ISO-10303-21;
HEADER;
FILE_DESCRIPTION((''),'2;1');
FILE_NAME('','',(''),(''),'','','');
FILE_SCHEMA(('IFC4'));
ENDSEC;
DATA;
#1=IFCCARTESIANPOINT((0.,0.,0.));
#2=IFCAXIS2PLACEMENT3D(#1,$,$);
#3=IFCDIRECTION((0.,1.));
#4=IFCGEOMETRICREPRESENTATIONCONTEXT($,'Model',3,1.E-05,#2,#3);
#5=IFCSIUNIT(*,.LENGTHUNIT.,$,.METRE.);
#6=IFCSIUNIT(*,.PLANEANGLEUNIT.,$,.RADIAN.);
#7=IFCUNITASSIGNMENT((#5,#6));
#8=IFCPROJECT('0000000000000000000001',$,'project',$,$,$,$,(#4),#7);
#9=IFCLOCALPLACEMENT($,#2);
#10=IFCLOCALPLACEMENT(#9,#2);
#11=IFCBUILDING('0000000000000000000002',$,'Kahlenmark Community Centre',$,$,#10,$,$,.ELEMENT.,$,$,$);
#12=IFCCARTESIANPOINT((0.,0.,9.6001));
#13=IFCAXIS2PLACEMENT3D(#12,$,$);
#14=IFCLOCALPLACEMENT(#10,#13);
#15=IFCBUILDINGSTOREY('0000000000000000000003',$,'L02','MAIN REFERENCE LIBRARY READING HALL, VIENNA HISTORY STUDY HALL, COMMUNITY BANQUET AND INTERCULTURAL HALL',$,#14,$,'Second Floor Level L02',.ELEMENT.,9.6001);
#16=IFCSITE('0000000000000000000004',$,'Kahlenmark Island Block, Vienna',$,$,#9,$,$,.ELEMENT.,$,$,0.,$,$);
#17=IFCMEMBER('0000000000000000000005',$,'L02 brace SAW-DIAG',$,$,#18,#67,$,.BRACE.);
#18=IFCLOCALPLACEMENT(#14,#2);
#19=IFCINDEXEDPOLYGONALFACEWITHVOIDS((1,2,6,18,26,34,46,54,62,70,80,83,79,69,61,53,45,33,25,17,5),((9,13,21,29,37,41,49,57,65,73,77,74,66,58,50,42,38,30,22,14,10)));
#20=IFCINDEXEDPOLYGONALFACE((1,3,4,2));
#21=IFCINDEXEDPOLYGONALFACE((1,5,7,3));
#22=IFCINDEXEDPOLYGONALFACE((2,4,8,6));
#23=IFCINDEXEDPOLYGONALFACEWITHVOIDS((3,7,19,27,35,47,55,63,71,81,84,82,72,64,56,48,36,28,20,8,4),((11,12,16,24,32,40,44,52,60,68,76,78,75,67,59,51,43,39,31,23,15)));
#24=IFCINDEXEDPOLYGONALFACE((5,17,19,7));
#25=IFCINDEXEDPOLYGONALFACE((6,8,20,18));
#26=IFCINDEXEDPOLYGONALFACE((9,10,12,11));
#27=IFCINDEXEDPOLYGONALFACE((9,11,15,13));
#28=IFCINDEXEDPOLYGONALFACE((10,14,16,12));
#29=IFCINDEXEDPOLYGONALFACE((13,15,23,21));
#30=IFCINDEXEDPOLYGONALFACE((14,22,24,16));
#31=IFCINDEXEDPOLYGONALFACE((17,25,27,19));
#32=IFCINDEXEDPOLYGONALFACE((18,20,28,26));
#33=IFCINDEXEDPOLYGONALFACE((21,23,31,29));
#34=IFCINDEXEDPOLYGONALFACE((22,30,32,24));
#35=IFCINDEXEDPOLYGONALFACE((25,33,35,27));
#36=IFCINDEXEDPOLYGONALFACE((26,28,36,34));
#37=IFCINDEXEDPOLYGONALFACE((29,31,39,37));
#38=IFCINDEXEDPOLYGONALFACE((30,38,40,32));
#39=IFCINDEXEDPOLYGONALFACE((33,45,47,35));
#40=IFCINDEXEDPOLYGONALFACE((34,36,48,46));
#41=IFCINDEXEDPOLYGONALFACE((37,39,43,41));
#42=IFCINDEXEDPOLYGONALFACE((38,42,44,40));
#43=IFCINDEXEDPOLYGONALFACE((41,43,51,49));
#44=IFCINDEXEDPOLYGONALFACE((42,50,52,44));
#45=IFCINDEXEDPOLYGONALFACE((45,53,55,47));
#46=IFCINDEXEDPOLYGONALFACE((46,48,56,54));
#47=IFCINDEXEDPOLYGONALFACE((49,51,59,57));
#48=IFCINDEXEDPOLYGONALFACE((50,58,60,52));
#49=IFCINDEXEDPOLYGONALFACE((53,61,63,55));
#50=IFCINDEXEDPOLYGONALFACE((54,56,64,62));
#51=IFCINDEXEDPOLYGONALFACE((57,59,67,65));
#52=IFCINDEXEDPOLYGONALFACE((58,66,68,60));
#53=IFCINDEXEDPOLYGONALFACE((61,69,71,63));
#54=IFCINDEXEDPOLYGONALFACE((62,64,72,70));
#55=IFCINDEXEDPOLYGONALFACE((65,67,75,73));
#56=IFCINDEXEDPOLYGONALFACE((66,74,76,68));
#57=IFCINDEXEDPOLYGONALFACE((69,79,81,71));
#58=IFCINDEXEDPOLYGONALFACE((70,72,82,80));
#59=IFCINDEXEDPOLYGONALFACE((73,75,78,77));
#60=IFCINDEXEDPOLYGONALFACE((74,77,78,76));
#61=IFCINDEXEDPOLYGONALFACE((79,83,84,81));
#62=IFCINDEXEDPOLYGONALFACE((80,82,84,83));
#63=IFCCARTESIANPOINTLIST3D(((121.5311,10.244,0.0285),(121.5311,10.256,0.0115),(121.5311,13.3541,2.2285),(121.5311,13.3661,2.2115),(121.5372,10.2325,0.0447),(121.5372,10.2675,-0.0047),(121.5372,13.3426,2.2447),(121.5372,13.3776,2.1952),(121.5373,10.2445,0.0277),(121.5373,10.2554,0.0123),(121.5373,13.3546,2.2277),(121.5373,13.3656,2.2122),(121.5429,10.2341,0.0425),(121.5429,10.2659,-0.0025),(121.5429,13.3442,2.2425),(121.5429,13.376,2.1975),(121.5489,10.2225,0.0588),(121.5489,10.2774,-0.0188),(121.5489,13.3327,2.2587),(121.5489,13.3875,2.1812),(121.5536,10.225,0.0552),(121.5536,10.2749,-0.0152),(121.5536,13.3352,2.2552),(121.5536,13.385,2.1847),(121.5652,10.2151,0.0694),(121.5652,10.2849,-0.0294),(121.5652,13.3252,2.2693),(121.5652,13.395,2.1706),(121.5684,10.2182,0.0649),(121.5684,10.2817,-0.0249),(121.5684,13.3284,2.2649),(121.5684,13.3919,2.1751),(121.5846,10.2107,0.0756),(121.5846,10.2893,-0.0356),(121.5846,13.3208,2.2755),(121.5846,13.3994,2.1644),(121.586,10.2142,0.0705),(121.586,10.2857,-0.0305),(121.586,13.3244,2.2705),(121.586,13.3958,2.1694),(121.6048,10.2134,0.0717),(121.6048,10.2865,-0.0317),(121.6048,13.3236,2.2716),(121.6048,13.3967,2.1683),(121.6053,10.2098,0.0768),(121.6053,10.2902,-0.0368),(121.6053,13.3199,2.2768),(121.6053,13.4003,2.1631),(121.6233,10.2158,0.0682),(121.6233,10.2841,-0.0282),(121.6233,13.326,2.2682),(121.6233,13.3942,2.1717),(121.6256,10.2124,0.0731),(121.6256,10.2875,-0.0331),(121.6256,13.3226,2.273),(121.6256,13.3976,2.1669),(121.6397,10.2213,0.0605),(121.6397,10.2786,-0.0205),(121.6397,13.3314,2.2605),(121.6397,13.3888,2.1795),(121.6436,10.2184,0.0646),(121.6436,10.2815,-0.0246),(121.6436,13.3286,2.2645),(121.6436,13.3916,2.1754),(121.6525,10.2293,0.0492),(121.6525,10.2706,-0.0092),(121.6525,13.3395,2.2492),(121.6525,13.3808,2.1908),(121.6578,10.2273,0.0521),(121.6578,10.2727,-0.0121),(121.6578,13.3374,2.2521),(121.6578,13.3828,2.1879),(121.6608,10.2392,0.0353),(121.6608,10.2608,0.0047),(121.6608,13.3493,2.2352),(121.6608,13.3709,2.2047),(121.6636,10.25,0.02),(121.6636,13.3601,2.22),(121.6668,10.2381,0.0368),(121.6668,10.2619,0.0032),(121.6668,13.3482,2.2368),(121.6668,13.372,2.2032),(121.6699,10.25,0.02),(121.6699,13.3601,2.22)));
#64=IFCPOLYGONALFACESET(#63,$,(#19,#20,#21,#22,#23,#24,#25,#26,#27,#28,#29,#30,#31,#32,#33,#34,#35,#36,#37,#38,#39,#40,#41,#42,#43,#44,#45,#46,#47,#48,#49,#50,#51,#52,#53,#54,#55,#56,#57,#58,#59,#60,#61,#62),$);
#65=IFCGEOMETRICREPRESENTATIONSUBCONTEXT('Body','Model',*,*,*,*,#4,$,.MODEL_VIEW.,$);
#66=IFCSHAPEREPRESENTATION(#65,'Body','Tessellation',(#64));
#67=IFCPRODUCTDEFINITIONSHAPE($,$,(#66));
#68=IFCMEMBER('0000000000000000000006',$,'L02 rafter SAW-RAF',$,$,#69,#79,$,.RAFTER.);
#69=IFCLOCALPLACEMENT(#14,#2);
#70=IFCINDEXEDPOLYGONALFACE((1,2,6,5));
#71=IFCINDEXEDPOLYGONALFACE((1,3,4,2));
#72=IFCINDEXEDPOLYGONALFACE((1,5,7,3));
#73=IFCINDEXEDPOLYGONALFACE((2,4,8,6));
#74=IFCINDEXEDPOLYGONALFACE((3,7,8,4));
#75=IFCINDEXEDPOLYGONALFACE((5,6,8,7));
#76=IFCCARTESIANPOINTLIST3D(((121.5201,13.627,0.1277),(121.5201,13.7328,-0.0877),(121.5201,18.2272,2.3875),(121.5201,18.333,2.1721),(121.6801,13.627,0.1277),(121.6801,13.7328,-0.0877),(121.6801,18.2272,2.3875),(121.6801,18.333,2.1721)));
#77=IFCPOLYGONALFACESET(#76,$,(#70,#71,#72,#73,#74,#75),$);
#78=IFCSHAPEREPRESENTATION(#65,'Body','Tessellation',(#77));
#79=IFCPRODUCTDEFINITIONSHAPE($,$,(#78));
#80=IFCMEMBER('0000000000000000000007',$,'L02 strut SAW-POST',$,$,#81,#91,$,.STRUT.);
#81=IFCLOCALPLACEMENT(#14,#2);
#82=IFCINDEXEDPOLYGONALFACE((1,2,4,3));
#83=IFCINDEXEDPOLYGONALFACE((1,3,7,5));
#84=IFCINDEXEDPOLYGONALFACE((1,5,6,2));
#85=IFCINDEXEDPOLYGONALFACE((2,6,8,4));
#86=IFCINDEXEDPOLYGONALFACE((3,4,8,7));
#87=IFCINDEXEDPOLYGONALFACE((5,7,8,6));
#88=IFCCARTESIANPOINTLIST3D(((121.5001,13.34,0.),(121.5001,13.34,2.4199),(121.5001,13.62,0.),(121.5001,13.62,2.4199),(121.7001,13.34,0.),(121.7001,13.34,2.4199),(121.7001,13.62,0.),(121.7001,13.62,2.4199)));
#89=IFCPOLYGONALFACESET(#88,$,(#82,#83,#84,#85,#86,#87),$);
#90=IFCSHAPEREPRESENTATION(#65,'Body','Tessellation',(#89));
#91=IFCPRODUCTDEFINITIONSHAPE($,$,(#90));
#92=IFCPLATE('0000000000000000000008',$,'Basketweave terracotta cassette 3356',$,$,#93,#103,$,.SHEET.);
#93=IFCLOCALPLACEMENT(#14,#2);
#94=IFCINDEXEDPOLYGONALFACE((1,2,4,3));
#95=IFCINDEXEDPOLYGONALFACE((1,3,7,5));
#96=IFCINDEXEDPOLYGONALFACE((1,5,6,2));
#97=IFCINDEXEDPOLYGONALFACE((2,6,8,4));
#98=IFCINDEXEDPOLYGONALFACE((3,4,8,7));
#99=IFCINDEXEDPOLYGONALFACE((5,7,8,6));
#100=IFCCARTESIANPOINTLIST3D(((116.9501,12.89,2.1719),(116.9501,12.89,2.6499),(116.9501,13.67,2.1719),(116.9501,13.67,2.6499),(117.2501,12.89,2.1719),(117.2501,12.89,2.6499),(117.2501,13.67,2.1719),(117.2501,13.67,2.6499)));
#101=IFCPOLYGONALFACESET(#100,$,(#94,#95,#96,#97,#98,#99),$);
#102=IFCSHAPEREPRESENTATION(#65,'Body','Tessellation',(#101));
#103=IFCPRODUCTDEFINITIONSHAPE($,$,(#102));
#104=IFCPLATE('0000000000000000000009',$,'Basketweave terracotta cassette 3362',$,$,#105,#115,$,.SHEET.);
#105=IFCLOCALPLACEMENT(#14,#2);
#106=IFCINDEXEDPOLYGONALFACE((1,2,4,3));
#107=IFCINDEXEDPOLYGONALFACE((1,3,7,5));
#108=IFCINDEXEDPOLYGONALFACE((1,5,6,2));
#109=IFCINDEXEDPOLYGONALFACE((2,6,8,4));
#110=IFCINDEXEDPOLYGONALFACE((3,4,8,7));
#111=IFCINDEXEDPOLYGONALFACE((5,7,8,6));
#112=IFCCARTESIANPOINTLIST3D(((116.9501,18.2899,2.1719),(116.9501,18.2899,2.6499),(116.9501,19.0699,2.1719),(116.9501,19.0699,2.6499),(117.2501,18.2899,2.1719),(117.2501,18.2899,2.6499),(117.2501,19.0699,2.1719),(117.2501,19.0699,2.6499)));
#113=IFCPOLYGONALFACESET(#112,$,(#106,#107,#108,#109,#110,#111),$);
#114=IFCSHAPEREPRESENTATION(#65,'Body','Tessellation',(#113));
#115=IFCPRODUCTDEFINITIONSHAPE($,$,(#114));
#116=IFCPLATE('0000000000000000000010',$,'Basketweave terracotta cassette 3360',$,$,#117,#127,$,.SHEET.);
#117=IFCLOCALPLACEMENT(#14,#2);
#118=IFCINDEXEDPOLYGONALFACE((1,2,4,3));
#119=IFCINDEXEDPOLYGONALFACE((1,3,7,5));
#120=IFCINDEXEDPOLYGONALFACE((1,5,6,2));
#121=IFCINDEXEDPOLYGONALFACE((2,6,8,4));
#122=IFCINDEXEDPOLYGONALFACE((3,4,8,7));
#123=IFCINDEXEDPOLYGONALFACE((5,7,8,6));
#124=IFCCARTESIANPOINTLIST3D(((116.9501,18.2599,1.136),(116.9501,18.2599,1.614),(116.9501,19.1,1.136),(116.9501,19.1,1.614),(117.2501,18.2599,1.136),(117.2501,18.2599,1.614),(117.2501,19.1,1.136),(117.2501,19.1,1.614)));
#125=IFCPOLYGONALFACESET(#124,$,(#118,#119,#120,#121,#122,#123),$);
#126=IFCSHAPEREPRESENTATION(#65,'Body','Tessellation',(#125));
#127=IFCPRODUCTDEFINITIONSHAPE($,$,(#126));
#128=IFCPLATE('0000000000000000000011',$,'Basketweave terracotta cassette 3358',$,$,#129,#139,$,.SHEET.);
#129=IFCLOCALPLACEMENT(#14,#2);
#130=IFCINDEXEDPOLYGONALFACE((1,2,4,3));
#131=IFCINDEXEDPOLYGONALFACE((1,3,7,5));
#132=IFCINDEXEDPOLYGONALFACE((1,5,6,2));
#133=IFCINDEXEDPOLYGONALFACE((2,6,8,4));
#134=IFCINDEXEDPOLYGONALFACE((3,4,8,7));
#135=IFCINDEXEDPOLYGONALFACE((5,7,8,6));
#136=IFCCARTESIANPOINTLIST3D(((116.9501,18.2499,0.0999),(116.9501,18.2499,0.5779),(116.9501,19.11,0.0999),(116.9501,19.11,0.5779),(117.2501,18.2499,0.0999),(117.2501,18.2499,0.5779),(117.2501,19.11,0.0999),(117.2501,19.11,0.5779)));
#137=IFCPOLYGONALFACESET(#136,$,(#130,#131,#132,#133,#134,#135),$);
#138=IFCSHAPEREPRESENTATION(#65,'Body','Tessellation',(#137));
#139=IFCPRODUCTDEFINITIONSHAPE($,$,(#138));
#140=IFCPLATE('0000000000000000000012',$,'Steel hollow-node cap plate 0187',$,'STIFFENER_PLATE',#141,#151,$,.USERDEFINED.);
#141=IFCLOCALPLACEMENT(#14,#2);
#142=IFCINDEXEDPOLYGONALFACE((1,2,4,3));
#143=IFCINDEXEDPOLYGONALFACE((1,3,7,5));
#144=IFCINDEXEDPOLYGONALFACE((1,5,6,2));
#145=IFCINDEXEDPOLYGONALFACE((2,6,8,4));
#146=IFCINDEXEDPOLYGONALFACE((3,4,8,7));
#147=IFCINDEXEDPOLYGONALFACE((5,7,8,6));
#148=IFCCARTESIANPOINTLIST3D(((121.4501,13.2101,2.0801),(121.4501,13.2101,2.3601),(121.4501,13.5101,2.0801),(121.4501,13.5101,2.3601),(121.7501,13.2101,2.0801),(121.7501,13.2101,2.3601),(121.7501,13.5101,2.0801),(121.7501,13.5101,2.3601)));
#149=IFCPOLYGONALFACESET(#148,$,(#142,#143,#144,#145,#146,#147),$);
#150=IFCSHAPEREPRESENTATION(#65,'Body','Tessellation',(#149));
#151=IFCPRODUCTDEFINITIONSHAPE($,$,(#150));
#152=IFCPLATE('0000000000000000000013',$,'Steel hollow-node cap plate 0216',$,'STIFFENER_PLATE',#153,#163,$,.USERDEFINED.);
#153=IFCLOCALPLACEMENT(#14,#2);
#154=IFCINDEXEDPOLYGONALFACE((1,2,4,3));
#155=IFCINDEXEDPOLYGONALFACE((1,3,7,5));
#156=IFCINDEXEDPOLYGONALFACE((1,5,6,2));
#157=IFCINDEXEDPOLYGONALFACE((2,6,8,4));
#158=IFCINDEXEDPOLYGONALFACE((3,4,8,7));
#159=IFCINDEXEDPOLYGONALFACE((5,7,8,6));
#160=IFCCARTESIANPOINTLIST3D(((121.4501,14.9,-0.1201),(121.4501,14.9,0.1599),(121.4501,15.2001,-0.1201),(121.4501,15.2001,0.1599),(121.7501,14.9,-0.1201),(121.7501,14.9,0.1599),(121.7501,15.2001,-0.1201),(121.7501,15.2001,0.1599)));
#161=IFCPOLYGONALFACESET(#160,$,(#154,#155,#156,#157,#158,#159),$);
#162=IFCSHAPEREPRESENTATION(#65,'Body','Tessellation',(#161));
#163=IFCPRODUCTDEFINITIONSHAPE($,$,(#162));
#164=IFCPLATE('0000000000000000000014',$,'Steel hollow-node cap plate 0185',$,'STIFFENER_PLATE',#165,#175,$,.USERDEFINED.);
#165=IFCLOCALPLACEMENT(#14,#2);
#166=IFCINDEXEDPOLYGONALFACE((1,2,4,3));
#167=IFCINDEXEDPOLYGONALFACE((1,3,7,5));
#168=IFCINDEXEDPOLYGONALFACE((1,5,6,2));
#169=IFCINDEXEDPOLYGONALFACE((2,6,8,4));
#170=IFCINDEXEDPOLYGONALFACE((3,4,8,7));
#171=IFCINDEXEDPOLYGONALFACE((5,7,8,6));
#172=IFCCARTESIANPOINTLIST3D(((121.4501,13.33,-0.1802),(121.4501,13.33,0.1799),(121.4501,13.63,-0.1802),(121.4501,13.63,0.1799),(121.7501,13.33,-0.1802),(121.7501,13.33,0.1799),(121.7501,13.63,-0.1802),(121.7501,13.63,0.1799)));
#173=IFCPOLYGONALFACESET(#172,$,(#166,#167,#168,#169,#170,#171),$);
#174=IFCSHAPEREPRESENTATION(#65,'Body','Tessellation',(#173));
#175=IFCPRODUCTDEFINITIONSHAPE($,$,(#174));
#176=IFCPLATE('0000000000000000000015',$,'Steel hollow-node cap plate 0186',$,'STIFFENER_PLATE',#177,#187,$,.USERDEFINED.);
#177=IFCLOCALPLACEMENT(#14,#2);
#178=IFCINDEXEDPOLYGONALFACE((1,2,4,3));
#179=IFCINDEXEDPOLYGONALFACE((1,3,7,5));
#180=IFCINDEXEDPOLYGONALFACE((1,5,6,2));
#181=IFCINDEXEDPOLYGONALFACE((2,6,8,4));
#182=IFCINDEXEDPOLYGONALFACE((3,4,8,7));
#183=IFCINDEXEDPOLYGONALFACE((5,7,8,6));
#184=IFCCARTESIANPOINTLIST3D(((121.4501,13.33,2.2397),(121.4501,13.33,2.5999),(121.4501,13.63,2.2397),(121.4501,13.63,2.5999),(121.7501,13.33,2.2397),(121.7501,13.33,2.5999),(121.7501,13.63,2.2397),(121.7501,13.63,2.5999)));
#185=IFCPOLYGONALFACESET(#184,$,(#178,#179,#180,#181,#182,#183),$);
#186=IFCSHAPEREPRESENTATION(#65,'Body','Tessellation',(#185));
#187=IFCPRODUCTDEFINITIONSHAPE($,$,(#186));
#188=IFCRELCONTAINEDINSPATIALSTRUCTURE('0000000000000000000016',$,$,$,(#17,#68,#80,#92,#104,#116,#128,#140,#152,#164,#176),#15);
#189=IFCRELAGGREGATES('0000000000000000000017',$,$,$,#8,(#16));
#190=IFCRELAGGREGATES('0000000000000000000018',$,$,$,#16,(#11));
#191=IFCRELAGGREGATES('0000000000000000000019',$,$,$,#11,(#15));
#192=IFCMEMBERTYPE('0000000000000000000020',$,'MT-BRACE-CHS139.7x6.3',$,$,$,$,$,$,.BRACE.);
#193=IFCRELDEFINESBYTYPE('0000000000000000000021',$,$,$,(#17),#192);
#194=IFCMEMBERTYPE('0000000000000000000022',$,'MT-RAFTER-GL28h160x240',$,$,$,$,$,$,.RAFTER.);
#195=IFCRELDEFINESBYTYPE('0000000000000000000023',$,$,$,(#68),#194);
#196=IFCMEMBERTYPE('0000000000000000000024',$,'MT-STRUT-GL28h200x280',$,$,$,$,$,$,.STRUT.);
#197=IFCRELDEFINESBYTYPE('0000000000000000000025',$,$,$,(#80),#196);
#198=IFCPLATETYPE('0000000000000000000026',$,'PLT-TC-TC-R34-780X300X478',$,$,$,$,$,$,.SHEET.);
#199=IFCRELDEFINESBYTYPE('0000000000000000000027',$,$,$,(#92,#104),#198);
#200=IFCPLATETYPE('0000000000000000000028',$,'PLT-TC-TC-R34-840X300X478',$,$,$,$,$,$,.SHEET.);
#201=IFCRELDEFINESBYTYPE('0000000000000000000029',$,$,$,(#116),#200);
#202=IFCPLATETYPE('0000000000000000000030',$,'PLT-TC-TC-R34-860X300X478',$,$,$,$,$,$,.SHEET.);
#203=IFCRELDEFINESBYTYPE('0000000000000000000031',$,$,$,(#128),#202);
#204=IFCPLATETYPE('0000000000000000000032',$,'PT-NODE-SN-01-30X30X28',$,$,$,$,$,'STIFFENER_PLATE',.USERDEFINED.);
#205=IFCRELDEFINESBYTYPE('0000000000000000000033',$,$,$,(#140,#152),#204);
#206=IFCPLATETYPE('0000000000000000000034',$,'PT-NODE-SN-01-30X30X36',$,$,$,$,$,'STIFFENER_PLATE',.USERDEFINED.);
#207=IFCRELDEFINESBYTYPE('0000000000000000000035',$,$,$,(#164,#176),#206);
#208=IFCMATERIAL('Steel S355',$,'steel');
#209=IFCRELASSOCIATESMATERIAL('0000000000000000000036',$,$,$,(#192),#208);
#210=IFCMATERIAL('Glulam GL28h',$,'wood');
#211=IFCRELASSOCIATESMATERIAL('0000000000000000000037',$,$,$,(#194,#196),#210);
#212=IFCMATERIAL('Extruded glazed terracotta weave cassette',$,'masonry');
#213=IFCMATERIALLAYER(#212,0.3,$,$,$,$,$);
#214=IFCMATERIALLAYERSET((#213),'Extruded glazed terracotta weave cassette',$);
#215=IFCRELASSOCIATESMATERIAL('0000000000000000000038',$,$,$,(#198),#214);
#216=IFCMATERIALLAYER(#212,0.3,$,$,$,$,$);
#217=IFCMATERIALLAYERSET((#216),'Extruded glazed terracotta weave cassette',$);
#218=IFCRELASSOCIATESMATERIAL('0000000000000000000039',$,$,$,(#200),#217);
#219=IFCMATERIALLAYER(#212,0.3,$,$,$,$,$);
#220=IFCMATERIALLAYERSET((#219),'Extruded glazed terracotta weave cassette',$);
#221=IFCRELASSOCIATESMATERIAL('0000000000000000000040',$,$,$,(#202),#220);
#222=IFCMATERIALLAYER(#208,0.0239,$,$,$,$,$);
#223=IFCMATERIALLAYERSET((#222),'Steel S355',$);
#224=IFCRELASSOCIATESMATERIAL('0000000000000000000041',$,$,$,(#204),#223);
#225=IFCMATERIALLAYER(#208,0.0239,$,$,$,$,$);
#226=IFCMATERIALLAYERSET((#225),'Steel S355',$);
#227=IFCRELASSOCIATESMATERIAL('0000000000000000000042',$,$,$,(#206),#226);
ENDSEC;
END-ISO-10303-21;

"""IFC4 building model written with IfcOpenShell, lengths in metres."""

from ifc_helpers import new_model, si_unit, direction, frame, origin, origin_2d, place, context, subcontext, project, spatial, rectangle, hollow_circle, extrude, material, layer, layer_set, material_profile, profile_set, type_object, element, save


model = new_model("IFC4")

# Units and contexts
model_context = context("Model", 3, precision=1e-05, world=origin(), true_north=direction((0.0, 1.0)))
body_context = subcontext(model_context, "Body", "Model", "MODEL_VIEW")
ifc_project = project(units=[si_unit("LENGTHUNIT", "METRE"), si_unit("PLANEANGLEUNIT", "RADIAN")], contexts=[model_context])

# Site, building, storey
site_placement = place(None, origin())
site = spatial("IfcSite", under=ifc_project, at=site_placement, Name="Kahlenmark Island Block, Vienna", CompositionType="ELEMENT", RefElevation=0.0)
building_placement = place(site_placement, origin())
building = spatial("IfcBuilding", under=site, at=building_placement, Name="Kahlenmark Community Centre", CompositionType="ELEMENT")
storey_placement = place(building_placement, frame((0.0, 0.0, 9.6001)))
storey = spatial("IfcBuildingStorey", under=building, at=storey_placement, Name="L02", Description="MAIN REFERENCE LIBRARY READING HALL, VIENNA HISTORY STUDY HALL, COMMUNITY BANQUET AND INTERCULTURAL HALL", LongName="Second Floor Level L02", CompositionType="ELEMENT", Elevation=9.6001)

# Members
ifc_material_1 = material(Name="Steel S355", Category="steel")
ifc_material_profile_1 = material_profile(ifc_material_1, hollow_circle(Radius=0.0698, WallThickness=0.0063, at=origin_2d()), Name="CHS 139.7x6.3")
ifc_profile_set_1 = profile_set([ifc_material_profile_1], Name="Steel S355")
member_type_1 = type_object("IfcMemberType", Name="MT-BRACE-CHS139.7x6.3", PredefinedType="BRACE", material=ifc_profile_set_1)
member_1_placement = place(storey_placement, frame((121.6001, 13.3601, 2.22), z_axis=(0.0, -0.816401, -0.577486), x_axis=(1.0, 0.0, 0.0)))
element("IfcMember", 1, at=member_1_placement, inside=storey, type_object=member_type_1, Name="L02 brace SAW-DIAG", PredefinedType="BRACE", context=body_context, shape_type="SweptSolid", body=[
    extrude(hollow_circle(Radius=0.0698, WallThickness=0.0063, at=origin_2d()), origin(), (0.0, 0.0, 1.0), 3.8096),
])
ifc_material_2 = material(Name="Glulam GL28h", Category="wood")
ifc_material_profile_2 = material_profile(ifc_material_2, rectangle(XDim=0.1599, YDim=0.24, at=origin_2d()), Name="GL28h 160x240")
ifc_profile_set_2 = profile_set([ifc_material_profile_2], Name="Glulam GL28h")
member_type_2 = type_object("IfcMemberType", Name="MT-RAFTER-GL28h160x240", PredefinedType="RAFTER", material=ifc_profile_set_2)
member_2_placement = place(storey_placement, frame((121.6001, 13.6799, 0.02), z_axis=(0.0, 0.897549, 0.440915), x_axis=(-1.0, 0.0, 0.0)))
element("IfcMember", 2, at=member_2_placement, inside=storey, type_object=member_type_2, Name="L02 rafter SAW-RAF", PredefinedType="RAFTER", context=body_context, shape_type="SweptSolid", body=[
    extrude(rectangle(XDim=0.1599, YDim=0.24, at=origin_2d()), origin(), (0.0, 0.0, 1.0), 5.1252),
])
ifc_material_profile_3 = material_profile(ifc_material_2, rectangle(XDim=0.2, YDim=0.28, at=origin_2d()), Name="GL28h 200x280")
ifc_profile_set_3 = profile_set([ifc_material_profile_3], Name="Glulam GL28h")
member_type_3 = type_object("IfcMemberType", Name="MT-STRUT-GL28h200x280", PredefinedType="STRUT", material=ifc_profile_set_3)
member_3_placement = place(storey_placement, frame((121.6001, 13.48, 0.0), z_axis=(0.0, 0.0, 1.0), x_axis=(1.0, 0.0, 0.0)))
element("IfcMember", 3, at=member_3_placement, inside=storey, type_object=member_type_3, Name="L02 strut SAW-POST", PredefinedType="STRUT", context=body_context, shape_type="SweptSolid", body=[
    extrude(rectangle(XDim=0.2, YDim=0.28, at=origin_2d()), origin(), (0.0, 0.0, 1.0), 2.4199),
])

# Plates
ifc_material_3 = material(Name="Extruded glazed terracotta weave cassette", Category="masonry")
ifc_layer_1 = layer(ifc_material_3, 0.3)
ifc_layer_set_1 = layer_set([ifc_layer_1], Name="Extruded glazed terracotta weave cassette")
plate_type_1 = type_object("IfcPlateType", Name="PLT-TC-TC-R34-780X300X478", PredefinedType="SHEET", material=ifc_layer_set_1)
for number, where, z_axis, x_axis, name in (
    (4, (117.1001, 13.28, 2.1719), (0.0, 0.0, 1.0), (0.0, 1.0, 0.0), "Basketweave terracotta cassette 3356"),
    (5, (117.1001, 18.6799, 2.1719), (0.0, 0.0, 1.0), (0.0, 1.0, 0.0), "Basketweave terracotta cassette 3362"),
):
    element("IfcPlate", number, at=place(storey_placement, frame(where, z_axis=z_axis, x_axis=x_axis)), inside=storey, type_object=plate_type_1, Name=name, PredefinedType="SHEET", context=body_context, shape_type="SweptSolid", body=[
        extrude(rectangle(XDim=0.78, YDim=0.3, at=origin_2d()), origin(), (0.0, 0.0, 1.0), 0.478),
    ])
ifc_layer_2 = layer(ifc_material_3, 0.3)
ifc_layer_set_2 = layer_set([ifc_layer_2], Name="Extruded glazed terracotta weave cassette")
plate_type_2 = type_object("IfcPlateType", Name="PLT-TC-TC-R34-840X300X478", PredefinedType="SHEET", material=ifc_layer_set_2)
plate_1_placement = place(storey_placement, frame((117.1001, 18.6799, 1.136), z_axis=(0.0, 0.0, 1.0), x_axis=(0.0, 1.0, 0.0)))
element("IfcPlate", 6, at=plate_1_placement, inside=storey, type_object=plate_type_2, Name="Basketweave terracotta cassette 3360", PredefinedType="SHEET", context=body_context, shape_type="SweptSolid", body=[
    extrude(rectangle(XDim=0.8401, YDim=0.3, at=origin_2d()), origin(), (0.0, 0.0, 1.0), 0.478),
])
ifc_layer_3 = layer(ifc_material_3, 0.3)
ifc_layer_set_3 = layer_set([ifc_layer_3], Name="Extruded glazed terracotta weave cassette")
plate_type_3 = type_object("IfcPlateType", Name="PLT-TC-TC-R34-860X300X478", PredefinedType="SHEET", material=ifc_layer_set_3)
plate_2_placement = place(storey_placement, frame((117.1001, 18.6799, 0.0999), z_axis=(0.0, 0.0, 1.0), x_axis=(0.0, 1.0, 0.0)))
element("IfcPlate", 7, at=plate_2_placement, inside=storey, type_object=plate_type_3, Name="Basketweave terracotta cassette 3358", PredefinedType="SHEET", context=body_context, shape_type="SweptSolid", body=[
    extrude(rectangle(XDim=0.8601, YDim=0.3, at=origin_2d()), origin(), (0.0, 0.0, 1.0), 0.478),
])
ifc_layer_4 = layer(ifc_material_1, 0.0239)
ifc_layer_set_4 = layer_set([ifc_layer_4], Name="Steel S355")
plate_type_4 = type_object("IfcPlateType", Name="PT-NODE-SN-01-30X30X28", ElementType="STIFFENER_PLATE", PredefinedType="USERDEFINED", material=ifc_layer_set_4)
for number, where, z_axis, x_axis, name in (
    (8, (121.6001, 13.3601, 2.0801), (0.0, 0.0, 1.0), (1.0, 0.0, 0.0), "Steel hollow-node cap plate 0187"),
    (9, (121.6001, 15.05, -0.1201), (0.0, 0.0, 1.0), (1.0, 0.0, 0.0), "Steel hollow-node cap plate 0216"),
):
    element("IfcPlate", number, at=place(storey_placement, frame(where, z_axis=z_axis, x_axis=x_axis)), inside=storey, type_object=plate_type_4, Name=name, ObjectType="STIFFENER_PLATE", PredefinedType="USERDEFINED", context=body_context, shape_type="SweptSolid", body=[
        extrude(rectangle(XDim=0.3, YDim=0.3, at=origin_2d()), origin(), (0.0, 0.0, 1.0), 0.28),
    ])
ifc_layer_5 = layer(ifc_material_1, 0.0239)
ifc_layer_set_5 = layer_set([ifc_layer_5], Name="Steel S355")
plate_type_5 = type_object("IfcPlateType", Name="PT-NODE-SN-01-30X30X36", ElementType="STIFFENER_PLATE", PredefinedType="USERDEFINED", material=ifc_layer_set_5)
for number, where, z_axis, x_axis, name in (
    (10, (121.6001, 13.48, -0.1802), (0.0, 0.0, 1.0), (1.0, 0.0, 0.0), "Steel hollow-node cap plate 0185"),
    (11, (121.6001, 13.48, 2.2397), (0.0, 0.0, 1.0), (1.0, 0.0, 0.0), "Steel hollow-node cap plate 0186"),
):
    element("IfcPlate", number, at=place(storey_placement, frame(where, z_axis=z_axis, x_axis=x_axis)), inside=storey, type_object=plate_type_5, Name=name, ObjectType="STIFFENER_PLATE", PredefinedType="USERDEFINED", context=body_context, shape_type="SweptSolid", body=[
        extrude(rectangle(XDim=0.3, YDim=0.3, at=origin_2d()), origin(), (0.0, 0.0, 1.0), 0.3601),
    ])

save(model, "model.ifc")
